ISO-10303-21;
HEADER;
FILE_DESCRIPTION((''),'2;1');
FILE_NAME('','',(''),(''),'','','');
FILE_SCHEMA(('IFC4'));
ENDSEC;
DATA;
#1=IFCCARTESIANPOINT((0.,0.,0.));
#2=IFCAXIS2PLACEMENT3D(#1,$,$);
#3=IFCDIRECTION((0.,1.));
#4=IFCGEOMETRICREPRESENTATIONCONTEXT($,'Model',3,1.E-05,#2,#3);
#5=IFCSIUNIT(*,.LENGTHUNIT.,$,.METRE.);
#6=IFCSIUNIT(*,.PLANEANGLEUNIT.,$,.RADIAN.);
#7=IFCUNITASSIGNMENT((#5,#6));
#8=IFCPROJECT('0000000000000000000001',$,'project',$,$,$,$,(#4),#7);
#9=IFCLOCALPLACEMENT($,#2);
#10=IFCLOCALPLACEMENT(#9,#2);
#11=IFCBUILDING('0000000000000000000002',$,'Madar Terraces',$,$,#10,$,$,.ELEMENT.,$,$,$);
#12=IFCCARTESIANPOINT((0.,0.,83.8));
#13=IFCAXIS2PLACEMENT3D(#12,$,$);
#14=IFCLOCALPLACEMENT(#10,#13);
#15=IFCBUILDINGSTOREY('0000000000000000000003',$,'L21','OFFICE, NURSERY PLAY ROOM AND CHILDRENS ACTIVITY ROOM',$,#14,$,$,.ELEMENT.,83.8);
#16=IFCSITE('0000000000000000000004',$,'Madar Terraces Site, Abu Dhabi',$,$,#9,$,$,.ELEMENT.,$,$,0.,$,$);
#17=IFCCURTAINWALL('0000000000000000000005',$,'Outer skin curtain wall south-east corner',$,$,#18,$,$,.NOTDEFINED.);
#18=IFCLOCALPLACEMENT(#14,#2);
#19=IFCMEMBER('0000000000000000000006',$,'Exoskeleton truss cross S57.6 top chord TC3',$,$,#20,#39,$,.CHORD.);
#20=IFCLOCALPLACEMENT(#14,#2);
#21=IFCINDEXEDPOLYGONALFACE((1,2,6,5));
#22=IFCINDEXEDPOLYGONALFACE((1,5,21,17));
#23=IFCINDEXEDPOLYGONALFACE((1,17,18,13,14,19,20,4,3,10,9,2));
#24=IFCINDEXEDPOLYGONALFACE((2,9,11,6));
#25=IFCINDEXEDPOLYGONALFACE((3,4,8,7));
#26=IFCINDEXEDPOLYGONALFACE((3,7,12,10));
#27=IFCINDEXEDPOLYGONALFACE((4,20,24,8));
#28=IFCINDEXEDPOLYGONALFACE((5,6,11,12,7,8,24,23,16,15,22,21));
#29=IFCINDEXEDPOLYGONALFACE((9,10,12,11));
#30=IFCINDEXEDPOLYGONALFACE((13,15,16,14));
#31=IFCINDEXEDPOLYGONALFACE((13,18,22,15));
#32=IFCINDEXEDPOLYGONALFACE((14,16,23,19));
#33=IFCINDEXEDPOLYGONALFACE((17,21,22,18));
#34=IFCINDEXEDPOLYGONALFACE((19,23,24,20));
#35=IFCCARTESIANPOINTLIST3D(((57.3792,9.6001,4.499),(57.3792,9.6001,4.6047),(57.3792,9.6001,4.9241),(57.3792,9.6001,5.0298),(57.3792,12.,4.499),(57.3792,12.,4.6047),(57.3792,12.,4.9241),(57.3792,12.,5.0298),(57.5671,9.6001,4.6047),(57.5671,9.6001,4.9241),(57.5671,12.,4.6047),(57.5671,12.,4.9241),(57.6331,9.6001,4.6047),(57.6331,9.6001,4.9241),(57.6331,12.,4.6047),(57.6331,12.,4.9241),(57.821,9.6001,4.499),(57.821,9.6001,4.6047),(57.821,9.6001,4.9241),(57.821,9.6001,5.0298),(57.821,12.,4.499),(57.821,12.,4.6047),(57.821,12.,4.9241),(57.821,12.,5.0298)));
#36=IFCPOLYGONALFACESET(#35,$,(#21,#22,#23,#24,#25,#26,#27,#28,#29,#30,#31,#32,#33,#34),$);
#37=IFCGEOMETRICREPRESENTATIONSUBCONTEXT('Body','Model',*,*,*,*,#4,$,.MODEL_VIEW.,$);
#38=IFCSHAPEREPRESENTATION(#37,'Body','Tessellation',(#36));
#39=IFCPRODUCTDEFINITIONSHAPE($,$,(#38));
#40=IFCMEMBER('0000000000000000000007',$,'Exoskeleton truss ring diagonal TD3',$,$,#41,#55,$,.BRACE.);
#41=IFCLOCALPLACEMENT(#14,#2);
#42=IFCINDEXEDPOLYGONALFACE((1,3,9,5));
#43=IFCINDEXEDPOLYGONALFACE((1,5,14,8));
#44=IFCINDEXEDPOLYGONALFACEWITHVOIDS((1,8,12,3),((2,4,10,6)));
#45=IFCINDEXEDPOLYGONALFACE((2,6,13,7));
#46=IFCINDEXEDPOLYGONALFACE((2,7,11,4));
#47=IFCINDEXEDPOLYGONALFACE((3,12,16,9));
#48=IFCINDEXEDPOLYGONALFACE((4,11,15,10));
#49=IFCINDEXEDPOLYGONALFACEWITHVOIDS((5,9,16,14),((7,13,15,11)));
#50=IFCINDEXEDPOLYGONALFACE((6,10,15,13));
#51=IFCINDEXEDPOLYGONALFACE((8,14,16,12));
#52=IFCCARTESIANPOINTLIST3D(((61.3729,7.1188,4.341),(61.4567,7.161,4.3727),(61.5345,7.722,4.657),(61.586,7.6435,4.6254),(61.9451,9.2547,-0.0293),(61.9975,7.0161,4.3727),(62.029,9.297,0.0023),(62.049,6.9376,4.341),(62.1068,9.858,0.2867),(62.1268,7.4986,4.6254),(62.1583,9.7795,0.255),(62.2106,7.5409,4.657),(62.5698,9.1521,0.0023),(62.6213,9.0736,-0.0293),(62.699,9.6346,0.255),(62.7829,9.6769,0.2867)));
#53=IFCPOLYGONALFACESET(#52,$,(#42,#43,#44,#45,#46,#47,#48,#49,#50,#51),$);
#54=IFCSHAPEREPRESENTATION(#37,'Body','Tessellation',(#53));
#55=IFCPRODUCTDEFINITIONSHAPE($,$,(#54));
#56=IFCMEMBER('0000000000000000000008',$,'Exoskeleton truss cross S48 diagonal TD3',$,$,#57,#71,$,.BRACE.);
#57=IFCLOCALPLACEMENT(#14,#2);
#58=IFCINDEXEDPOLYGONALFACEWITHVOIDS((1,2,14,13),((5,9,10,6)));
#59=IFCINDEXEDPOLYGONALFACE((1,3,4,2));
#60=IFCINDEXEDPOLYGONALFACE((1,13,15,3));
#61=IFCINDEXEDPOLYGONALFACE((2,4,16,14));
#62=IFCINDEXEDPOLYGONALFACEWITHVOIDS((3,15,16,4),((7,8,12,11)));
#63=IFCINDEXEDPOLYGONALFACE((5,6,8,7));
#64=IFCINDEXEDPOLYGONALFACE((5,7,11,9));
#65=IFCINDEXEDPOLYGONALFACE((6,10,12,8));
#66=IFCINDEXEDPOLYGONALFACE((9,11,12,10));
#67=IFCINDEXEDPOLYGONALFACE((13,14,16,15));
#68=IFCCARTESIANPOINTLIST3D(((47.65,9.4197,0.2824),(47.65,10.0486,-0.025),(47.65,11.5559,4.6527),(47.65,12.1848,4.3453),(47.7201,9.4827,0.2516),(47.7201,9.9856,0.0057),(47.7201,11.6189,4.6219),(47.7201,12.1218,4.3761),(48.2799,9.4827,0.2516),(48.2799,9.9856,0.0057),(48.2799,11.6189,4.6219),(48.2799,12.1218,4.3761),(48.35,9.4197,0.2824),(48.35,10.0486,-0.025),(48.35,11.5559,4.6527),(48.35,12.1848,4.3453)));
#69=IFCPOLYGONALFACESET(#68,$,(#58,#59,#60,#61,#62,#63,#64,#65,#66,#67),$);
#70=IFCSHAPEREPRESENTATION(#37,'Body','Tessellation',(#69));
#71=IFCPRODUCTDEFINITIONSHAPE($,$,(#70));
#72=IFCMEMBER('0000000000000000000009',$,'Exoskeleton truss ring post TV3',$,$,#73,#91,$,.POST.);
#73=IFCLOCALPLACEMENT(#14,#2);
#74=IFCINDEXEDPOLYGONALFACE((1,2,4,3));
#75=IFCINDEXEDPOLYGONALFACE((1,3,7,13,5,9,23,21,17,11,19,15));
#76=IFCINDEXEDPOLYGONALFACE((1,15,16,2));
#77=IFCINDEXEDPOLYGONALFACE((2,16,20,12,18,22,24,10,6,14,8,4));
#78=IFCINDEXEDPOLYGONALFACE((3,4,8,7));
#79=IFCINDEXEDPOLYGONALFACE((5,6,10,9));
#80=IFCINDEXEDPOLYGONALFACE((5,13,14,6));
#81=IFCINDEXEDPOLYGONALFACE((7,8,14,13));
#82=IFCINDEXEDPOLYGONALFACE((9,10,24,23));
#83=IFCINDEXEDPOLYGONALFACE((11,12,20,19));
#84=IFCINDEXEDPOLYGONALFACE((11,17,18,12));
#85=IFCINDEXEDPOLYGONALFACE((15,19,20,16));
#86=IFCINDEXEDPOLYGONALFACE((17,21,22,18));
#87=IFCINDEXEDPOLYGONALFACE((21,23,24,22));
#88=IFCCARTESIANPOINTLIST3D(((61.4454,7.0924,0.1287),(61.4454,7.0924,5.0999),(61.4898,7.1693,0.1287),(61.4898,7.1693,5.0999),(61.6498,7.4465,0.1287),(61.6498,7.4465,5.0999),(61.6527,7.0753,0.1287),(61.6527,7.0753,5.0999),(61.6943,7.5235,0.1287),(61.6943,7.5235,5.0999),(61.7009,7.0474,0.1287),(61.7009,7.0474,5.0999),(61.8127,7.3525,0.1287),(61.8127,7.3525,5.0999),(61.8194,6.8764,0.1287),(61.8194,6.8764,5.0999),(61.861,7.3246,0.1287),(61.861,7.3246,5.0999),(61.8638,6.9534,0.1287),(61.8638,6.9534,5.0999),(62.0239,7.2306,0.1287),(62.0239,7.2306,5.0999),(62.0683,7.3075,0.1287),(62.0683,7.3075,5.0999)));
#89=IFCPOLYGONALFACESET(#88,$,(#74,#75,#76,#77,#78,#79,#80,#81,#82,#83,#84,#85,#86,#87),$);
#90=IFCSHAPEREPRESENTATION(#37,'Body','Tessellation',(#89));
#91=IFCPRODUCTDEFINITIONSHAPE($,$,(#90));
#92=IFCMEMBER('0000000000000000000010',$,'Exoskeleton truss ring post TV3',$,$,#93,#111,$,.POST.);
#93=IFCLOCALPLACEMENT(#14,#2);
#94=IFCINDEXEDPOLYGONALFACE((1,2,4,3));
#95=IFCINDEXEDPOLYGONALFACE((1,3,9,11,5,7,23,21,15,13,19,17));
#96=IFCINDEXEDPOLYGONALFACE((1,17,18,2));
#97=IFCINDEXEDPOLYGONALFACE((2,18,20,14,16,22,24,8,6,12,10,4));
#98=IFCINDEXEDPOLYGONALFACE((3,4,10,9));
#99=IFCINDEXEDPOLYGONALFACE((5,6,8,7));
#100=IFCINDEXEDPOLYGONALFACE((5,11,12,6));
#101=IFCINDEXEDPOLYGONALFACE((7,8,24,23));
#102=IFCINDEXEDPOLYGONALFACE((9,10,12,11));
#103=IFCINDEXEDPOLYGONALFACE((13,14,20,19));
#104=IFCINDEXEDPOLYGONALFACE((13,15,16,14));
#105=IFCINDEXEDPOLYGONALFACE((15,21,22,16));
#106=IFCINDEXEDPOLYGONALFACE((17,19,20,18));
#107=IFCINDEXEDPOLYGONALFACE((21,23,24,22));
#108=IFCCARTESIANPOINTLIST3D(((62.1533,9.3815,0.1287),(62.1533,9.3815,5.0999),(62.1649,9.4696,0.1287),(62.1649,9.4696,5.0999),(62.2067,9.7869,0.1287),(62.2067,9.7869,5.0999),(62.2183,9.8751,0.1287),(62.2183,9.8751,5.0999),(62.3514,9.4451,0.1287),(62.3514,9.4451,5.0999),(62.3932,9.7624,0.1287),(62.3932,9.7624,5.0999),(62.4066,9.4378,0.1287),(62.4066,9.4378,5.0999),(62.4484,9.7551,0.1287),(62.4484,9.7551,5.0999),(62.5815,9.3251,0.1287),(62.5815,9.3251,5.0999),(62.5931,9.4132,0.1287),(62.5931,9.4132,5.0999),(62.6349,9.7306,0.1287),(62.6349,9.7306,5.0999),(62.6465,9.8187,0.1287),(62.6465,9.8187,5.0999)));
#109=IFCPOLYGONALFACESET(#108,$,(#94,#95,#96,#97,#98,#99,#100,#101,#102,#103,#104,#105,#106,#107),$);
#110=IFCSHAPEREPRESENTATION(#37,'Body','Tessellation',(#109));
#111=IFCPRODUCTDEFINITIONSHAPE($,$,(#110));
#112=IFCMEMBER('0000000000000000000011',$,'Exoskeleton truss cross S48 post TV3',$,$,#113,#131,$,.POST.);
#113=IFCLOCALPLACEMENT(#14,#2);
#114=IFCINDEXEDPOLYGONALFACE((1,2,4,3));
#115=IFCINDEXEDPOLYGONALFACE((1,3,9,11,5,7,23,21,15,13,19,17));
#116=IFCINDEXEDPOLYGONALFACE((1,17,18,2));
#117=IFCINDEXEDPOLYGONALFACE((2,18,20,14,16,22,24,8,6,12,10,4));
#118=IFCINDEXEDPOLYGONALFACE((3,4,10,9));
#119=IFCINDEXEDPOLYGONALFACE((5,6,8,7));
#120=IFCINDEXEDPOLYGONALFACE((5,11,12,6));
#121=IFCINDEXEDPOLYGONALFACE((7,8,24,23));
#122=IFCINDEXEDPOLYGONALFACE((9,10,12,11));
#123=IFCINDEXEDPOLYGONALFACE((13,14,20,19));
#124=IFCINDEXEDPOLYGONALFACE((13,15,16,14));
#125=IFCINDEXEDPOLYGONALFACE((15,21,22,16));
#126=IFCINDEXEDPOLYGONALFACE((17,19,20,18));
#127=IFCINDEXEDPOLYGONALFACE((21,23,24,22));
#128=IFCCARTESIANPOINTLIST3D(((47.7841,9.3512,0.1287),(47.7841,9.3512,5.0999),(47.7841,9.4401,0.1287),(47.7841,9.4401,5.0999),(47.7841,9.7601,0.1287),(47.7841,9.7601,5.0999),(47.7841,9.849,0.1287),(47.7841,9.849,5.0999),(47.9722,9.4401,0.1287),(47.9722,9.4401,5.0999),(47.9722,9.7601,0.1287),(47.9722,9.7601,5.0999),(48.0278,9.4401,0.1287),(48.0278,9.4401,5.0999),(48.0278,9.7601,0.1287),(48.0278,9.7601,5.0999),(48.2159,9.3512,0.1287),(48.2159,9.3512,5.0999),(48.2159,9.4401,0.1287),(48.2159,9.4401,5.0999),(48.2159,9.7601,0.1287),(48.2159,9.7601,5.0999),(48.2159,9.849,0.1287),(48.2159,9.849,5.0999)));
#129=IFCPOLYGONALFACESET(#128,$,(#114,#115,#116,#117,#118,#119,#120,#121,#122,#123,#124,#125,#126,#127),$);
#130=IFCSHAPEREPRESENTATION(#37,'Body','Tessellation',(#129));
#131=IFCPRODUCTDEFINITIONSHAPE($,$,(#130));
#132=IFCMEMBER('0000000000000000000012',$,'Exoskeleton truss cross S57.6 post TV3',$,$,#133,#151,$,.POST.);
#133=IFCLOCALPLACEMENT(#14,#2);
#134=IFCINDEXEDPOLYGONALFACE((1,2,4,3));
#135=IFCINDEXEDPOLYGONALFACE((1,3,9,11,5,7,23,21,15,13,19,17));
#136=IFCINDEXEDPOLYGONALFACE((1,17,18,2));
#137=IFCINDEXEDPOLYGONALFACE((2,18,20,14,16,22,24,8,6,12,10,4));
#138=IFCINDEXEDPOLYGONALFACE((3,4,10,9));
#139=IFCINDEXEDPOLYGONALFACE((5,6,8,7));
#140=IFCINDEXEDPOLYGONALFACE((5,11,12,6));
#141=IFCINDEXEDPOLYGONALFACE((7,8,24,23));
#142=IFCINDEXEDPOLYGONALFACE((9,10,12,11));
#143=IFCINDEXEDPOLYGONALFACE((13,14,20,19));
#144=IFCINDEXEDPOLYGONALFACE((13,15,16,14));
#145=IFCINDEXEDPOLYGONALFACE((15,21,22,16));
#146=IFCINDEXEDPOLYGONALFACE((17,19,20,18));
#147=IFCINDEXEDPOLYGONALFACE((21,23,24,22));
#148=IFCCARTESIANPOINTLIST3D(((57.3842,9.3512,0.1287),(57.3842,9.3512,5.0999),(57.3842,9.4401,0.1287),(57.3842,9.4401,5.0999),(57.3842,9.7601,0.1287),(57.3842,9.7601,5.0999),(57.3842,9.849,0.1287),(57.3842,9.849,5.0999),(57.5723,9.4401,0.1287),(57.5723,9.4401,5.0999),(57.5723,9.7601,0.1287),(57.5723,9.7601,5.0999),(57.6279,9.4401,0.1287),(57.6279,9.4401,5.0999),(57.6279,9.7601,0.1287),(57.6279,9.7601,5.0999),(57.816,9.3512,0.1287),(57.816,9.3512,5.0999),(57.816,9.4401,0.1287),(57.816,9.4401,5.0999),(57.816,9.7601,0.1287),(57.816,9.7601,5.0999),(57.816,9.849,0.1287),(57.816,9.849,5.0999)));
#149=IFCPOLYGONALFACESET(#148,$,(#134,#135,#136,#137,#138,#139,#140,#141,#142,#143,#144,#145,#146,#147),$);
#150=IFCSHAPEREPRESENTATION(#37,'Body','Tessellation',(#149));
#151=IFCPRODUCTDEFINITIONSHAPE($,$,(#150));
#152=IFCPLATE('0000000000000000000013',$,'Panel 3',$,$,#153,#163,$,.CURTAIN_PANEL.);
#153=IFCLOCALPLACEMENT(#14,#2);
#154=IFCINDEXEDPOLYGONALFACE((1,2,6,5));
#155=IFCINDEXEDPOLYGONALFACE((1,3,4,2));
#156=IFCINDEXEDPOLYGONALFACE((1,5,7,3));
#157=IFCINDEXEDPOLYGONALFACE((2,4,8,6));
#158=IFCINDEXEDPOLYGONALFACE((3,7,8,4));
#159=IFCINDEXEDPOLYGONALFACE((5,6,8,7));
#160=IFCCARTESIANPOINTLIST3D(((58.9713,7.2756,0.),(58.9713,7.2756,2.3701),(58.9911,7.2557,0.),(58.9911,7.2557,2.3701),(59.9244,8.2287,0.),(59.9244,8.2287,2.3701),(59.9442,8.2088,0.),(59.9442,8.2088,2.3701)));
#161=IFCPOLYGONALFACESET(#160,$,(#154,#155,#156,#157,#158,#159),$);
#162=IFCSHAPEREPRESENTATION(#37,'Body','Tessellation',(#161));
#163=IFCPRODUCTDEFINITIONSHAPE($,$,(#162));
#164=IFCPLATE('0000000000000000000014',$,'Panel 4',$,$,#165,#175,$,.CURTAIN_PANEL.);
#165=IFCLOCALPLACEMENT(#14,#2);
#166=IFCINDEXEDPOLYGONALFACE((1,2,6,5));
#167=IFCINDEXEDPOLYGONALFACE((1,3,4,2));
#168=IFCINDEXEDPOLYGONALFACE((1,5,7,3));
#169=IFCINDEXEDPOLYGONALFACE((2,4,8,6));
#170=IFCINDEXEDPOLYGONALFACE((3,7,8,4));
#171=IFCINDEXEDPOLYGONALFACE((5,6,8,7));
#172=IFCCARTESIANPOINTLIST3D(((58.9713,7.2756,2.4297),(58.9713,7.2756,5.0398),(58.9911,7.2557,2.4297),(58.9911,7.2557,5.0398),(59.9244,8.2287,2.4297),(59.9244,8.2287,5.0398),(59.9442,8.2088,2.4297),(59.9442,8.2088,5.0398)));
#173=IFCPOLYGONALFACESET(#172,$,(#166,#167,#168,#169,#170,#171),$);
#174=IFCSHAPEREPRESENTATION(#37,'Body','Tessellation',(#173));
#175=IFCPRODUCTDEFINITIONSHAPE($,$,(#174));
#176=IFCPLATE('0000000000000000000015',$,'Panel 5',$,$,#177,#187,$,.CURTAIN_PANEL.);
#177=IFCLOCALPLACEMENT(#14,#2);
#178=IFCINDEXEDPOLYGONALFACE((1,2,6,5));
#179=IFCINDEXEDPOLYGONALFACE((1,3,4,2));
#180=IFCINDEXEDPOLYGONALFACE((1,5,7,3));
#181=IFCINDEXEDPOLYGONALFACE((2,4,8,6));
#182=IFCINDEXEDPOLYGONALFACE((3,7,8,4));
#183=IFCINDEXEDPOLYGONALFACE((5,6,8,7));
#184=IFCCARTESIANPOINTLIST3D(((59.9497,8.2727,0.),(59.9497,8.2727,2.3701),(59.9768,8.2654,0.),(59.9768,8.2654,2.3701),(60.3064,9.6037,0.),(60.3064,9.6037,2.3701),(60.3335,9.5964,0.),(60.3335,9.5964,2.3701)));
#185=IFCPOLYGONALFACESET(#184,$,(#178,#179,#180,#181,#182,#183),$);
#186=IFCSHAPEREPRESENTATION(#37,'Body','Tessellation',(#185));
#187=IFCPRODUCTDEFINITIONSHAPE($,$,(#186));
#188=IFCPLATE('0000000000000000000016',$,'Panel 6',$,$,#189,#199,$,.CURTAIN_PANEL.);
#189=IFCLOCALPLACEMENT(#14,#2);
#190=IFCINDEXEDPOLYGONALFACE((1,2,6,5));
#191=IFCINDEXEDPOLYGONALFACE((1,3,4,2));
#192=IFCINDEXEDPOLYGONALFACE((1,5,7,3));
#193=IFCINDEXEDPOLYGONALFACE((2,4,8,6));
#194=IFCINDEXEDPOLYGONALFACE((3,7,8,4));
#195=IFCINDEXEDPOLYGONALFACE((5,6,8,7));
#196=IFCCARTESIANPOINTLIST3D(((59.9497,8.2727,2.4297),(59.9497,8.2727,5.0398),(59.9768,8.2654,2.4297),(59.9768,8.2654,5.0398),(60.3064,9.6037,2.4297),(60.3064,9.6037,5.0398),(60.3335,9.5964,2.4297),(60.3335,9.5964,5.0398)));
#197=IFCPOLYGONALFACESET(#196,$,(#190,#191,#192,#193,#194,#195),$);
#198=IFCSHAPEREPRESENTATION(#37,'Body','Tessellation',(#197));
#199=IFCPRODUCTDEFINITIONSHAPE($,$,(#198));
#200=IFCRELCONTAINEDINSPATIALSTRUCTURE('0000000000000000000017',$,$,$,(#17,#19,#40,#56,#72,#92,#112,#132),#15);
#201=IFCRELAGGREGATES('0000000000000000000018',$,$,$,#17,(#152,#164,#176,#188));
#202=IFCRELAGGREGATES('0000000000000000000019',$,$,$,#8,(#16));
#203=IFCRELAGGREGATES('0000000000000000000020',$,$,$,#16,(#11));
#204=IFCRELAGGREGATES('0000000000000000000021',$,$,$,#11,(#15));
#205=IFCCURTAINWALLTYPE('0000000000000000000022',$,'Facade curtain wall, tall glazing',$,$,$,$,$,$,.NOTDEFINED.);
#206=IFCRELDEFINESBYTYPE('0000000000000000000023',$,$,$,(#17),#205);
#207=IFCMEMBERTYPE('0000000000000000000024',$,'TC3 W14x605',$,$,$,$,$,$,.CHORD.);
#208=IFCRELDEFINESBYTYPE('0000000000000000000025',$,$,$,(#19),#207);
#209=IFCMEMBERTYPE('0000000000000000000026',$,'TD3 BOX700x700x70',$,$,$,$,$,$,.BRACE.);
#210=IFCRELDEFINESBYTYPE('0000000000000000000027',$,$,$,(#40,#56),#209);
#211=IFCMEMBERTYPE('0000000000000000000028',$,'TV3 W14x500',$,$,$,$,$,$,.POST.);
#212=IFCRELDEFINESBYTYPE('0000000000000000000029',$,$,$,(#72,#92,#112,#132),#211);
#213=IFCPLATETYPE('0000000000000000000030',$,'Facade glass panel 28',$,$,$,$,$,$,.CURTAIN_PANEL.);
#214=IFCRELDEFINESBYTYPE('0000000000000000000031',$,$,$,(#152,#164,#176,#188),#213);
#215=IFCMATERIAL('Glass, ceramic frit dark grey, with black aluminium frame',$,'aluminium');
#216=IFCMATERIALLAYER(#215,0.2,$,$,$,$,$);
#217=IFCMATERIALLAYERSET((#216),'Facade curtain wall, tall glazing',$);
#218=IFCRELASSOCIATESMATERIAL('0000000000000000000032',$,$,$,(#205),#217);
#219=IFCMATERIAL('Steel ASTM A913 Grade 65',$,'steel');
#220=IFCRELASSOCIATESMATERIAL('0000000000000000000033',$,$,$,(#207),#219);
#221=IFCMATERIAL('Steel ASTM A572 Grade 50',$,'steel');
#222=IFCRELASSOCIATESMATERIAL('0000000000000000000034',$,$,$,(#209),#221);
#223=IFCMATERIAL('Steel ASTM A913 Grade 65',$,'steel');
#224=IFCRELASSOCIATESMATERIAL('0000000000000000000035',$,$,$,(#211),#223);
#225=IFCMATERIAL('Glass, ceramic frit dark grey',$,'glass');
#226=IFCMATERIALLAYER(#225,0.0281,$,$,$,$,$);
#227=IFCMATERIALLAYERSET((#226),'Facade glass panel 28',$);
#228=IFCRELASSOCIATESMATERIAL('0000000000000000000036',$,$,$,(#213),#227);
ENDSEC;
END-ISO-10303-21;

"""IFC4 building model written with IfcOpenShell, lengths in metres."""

from ifc_helpers import new_model, si_unit, direction, frame, origin, origin_2d, place, context, subcontext, project, spatial, rectangle, hollow_rectangle, i_section, extrude, material, layer, layer_set, material_profile, profile_set, type_object, element, aggregate, save


model = new_model("IFC4")

# Units and contexts
model_context = context("Model", 3, precision=1e-05, world=origin(), true_north=direction((0.0, 1.0)))
body_context = subcontext(model_context, "Body", "Model", "MODEL_VIEW")
ifc_project = project(units=[si_unit("LENGTHUNIT", "METRE"), si_unit("PLANEANGLEUNIT", "RADIAN")], contexts=[model_context])

# Site, building, storey
site_placement = place(None, origin())
site = spatial("IfcSite", under=ifc_project, at=site_placement, Name="Madar Terraces Site, Abu Dhabi", CompositionType="ELEMENT", RefElevation=0.0)
building_placement = place(site_placement, origin())
building = spatial("IfcBuilding", under=site, at=building_placement, Name="Madar Terraces", CompositionType="ELEMENT")
storey_placement = place(building_placement, frame((0.0, 0.0, 83.8)))
storey = spatial("IfcBuildingStorey", under=building, at=storey_placement, Name="L21", Description="OFFICE, NURSERY PLAY ROOM AND CHILDRENS ACTIVITY ROOM", CompositionType="ELEMENT", Elevation=83.8)

# Curtain wall
ifc_material_1 = material(Name="Glass, ceramic frit dark grey, with black aluminium frame", Category="aluminium")
ifc_layer_1 = layer(ifc_material_1, 0.2)
ifc_layer_set_1 = layer_set([ifc_layer_1], Name="Facade curtain wall, tall glazing")
curtain_wall_type = type_object("IfcCurtainWallType", Name="Facade curtain wall, tall glazing", PredefinedType="NOTDEFINED", material=ifc_layer_set_1)
curtain_wall_1_placement = place(storey_placement, origin())
curtain_wall_1 = element("IfcCurtainWall", 1, at=curtain_wall_1_placement, inside=storey, type_object=curtain_wall_type, Name="Outer skin curtain wall south-east corner", PredefinedType="NOTDEFINED")

# Members
ifc_material_2 = material(Name="Steel ASTM A913 Grade 65", Category="steel")
ifc_material_profile_1 = material_profile(ifc_material_2, i_section(OverallWidth=0.4419, OverallDepth=0.5308, WebThickness=0.0659, FlangeThickness=0.1057, at=origin_2d()), Name="W14x605")
ifc_profile_set_1 = profile_set([ifc_material_profile_1], Name="Steel ASTM A913 Grade 65")
member_type_1 = type_object("IfcMemberType", Name="TC3 W14x605", PredefinedType="CHORD", material=ifc_profile_set_1)
member_1_placement = place(storey_placement, frame((57.6001, 9.6001, 4.7644), z_axis=(0.0, 1.0, 0.0), x_axis=(-1.0, 0.0, 0.0)))
element("IfcMember", 2, at=member_1_placement, inside=storey, type_object=member_type_1, Name="Exoskeleton truss cross S57.6 top chord TC3", PredefinedType="CHORD", context=body_context, shape_type="SweptSolid", body=[
    extrude(i_section(OverallWidth=0.4419, OverallDepth=0.5308, WebThickness=0.0659, FlangeThickness=0.1057, at=origin_2d()), origin(), (0.0, 0.0, 1.0), 2.3999),
])
ifc_material_3 = material(Name="Steel ASTM A572 Grade 50", Category="steel")
ifc_material_profile_2 = material_profile(ifc_material_3, hollow_rectangle(XDim=0.7, YDim=0.7, WallThickness=0.0701, at=origin_2d()), Name="BOX700x700x70")
ifc_profile_set_2 = profile_set([ifc_material_profile_2], Name="Steel ASTM A572 Grade 50")
member_type_2 = type_object("IfcMemberType", Name="TD3 BOX700x700x70", PredefinedType="BRACE", material=ifc_profile_set_2)
member_2_placement = place(storey_placement, frame((61.7917, 7.3298, 4.499), z_axis=(0.116838, 0.436097, -0.892282), x_axis=(-0.965934, 0.258789, 0.0)))
element("IfcMember", 3, at=member_2_placement, inside=storey, type_object=member_type_2, Name="Exoskeleton truss ring diagonal TD3", PredefinedType="BRACE", context=body_context, shape_type="SweptSolid", body=[
    extrude(hollow_rectangle(XDim=0.7, YDim=0.7, WallThickness=0.0701, at=origin_2d()), origin(), (0.0, 0.0, 1.0), 4.8979),
])
member_3_placement = place(storey_placement, frame((48.0, 9.7341, 0.1287), z_axis=(0.0, 0.439145, 0.898416), x_axis=(-1.0, 0.0, 0.0)))
element("IfcMember", 4, at=member_3_placement, inside=storey, type_object=member_type_2, Name="Exoskeleton truss cross S48 diagonal TD3", PredefinedType="BRACE", context=body_context, shape_type="SweptSolid", body=[
    extrude(hollow_rectangle(XDim=0.7, YDim=0.7, WallThickness=0.0701, at=origin_2d()), origin(), (0.0, 0.0, 1.0), 4.8645),
])
ifc_material_4 = material(Name="Steel ASTM A913 Grade 65", Category="steel")
ifc_material_profile_3 = material_profile(ifc_material_4, i_section(OverallWidth=0.4319, OverallDepth=0.4978, WebThickness=0.0557, FlangeThickness=0.0889, at=origin_2d()), Name="W14x500")
ifc_profile_set_3 = profile_set([ifc_material_profile_3], Name="Steel ASTM A913 Grade 65")
member_type_3 = type_object("IfcMemberType", Name="TV3 W14x500", PredefinedType="POST", material=ifc_profile_set_3)
for number, where, z_axis, x_axis, name in (
    (5, (61.7568, 7.2, 0.1287), (0.0, 0.0, 1.0), (-0.866025, 0.5, 0.0), "Exoskeleton truss ring post TV3"),
    (6, (62.3999, 9.6001, 0.1287), (0.0, 0.0, 1.0), (-0.991445, 0.130526, 0.0), "Exoskeleton truss ring post TV3"),
    (7, (48.0, 9.6001, 0.1287), (0.0, 0.0, 1.0), (-1.0, 0.0, 0.0), "Exoskeleton truss cross S48 post TV3"),
    (8, (57.6001, 9.6001, 0.1287), (0.0, 0.0, 1.0), (-1.0, 0.0, 0.0), "Exoskeleton truss cross S57.6 post TV3"),
):
    element("IfcMember", number, at=place(storey_placement, frame(where, z_axis=z_axis, x_axis=x_axis)), inside=storey, type_object=member_type_3, Name=name, PredefinedType="POST", context=body_context, shape_type="SweptSolid", body=[
        extrude(i_section(OverallWidth=0.4319, OverallDepth=0.4978, WebThickness=0.0557, FlangeThickness=0.0889, at=origin_2d()), origin(), (0.0, 0.0, 1.0), 4.9712),
    ])

# Plates
ifc_material_5 = material(Name="Glass, ceramic frit dark grey", Category="glass")
ifc_layer_2 = layer(ifc_material_5, 0.0281)
ifc_layer_set_2 = layer_set([ifc_layer_2], Name="Facade glass panel 28")
plate_type = type_object("IfcPlateType", Name="Facade glass panel 28", PredefinedType="CURTAIN_PANEL", material=ifc_layer_set_2)
plate_1_placement = place(storey_placement, frame((59.4578, 7.7422, 0.0), z_axis=(0.0, 0.0, 1.0), x_axis=(0.707107, 0.707107, 0.0)))
plate_1 = element("IfcPlate", 9, at=plate_1_placement, type_object=plate_type, Name="Panel 3", PredefinedType="CURTAIN_PANEL", context=body_context, shape_type="SweptSolid", body=[
    extrude(rectangle(XDim=1.3479, YDim=0.0281, at=origin_2d()), origin(), (0.0, 0.0, 1.0), 2.3701),
])
plate_2_placement = place(storey_placement, frame((59.4578, 7.7422, 2.4297), z_axis=(0.0, 0.0, 1.0), x_axis=(0.707107, 0.707107, 0.0)))
plate_2 = element("IfcPlate", 10, at=plate_2_placement, type_object=plate_type, Name="Panel 4", PredefinedType="CURTAIN_PANEL", context=body_context, shape_type="SweptSolid", body=[
    extrude(rectangle(XDim=1.3479, YDim=0.0281, at=origin_2d()), origin(), (0.0, 0.0, 1.0), 2.6101),
])
plate_3_placement = place(storey_placement, frame((60.1416, 8.9346, 0.0), z_axis=(0.0, 0.0, 1.0), x_axis=(0.258819, 0.965926, 0.0)))
plate_3 = element("IfcPlate", 11, at=plate_3_placement, type_object=plate_type, Name="Panel 5", PredefinedType="CURTAIN_PANEL", context=body_context, shape_type="SweptSolid", body=[
    extrude(rectangle(XDim=1.3779, YDim=0.0281, at=origin_2d()), origin(), (0.0, 0.0, 1.0), 2.3701),
])
plate_4_placement = place(storey_placement, frame((60.1416, 8.9346, 2.4297), z_axis=(0.0, 0.0, 1.0), x_axis=(0.258819, 0.965926, 0.0)))
plate_4 = element("IfcPlate", 12, at=plate_4_placement, type_object=plate_type, Name="Panel 6", PredefinedType="CURTAIN_PANEL", context=body_context, shape_type="SweptSolid", body=[
    extrude(rectangle(XDim=1.3779, YDim=0.0281, at=origin_2d()), origin(), (0.0, 0.0, 1.0), 2.6101),
])
aggregate(curtain_wall_1, [plate_1, plate_2, plate_3, plate_4])

save(model, "model.ifc")
